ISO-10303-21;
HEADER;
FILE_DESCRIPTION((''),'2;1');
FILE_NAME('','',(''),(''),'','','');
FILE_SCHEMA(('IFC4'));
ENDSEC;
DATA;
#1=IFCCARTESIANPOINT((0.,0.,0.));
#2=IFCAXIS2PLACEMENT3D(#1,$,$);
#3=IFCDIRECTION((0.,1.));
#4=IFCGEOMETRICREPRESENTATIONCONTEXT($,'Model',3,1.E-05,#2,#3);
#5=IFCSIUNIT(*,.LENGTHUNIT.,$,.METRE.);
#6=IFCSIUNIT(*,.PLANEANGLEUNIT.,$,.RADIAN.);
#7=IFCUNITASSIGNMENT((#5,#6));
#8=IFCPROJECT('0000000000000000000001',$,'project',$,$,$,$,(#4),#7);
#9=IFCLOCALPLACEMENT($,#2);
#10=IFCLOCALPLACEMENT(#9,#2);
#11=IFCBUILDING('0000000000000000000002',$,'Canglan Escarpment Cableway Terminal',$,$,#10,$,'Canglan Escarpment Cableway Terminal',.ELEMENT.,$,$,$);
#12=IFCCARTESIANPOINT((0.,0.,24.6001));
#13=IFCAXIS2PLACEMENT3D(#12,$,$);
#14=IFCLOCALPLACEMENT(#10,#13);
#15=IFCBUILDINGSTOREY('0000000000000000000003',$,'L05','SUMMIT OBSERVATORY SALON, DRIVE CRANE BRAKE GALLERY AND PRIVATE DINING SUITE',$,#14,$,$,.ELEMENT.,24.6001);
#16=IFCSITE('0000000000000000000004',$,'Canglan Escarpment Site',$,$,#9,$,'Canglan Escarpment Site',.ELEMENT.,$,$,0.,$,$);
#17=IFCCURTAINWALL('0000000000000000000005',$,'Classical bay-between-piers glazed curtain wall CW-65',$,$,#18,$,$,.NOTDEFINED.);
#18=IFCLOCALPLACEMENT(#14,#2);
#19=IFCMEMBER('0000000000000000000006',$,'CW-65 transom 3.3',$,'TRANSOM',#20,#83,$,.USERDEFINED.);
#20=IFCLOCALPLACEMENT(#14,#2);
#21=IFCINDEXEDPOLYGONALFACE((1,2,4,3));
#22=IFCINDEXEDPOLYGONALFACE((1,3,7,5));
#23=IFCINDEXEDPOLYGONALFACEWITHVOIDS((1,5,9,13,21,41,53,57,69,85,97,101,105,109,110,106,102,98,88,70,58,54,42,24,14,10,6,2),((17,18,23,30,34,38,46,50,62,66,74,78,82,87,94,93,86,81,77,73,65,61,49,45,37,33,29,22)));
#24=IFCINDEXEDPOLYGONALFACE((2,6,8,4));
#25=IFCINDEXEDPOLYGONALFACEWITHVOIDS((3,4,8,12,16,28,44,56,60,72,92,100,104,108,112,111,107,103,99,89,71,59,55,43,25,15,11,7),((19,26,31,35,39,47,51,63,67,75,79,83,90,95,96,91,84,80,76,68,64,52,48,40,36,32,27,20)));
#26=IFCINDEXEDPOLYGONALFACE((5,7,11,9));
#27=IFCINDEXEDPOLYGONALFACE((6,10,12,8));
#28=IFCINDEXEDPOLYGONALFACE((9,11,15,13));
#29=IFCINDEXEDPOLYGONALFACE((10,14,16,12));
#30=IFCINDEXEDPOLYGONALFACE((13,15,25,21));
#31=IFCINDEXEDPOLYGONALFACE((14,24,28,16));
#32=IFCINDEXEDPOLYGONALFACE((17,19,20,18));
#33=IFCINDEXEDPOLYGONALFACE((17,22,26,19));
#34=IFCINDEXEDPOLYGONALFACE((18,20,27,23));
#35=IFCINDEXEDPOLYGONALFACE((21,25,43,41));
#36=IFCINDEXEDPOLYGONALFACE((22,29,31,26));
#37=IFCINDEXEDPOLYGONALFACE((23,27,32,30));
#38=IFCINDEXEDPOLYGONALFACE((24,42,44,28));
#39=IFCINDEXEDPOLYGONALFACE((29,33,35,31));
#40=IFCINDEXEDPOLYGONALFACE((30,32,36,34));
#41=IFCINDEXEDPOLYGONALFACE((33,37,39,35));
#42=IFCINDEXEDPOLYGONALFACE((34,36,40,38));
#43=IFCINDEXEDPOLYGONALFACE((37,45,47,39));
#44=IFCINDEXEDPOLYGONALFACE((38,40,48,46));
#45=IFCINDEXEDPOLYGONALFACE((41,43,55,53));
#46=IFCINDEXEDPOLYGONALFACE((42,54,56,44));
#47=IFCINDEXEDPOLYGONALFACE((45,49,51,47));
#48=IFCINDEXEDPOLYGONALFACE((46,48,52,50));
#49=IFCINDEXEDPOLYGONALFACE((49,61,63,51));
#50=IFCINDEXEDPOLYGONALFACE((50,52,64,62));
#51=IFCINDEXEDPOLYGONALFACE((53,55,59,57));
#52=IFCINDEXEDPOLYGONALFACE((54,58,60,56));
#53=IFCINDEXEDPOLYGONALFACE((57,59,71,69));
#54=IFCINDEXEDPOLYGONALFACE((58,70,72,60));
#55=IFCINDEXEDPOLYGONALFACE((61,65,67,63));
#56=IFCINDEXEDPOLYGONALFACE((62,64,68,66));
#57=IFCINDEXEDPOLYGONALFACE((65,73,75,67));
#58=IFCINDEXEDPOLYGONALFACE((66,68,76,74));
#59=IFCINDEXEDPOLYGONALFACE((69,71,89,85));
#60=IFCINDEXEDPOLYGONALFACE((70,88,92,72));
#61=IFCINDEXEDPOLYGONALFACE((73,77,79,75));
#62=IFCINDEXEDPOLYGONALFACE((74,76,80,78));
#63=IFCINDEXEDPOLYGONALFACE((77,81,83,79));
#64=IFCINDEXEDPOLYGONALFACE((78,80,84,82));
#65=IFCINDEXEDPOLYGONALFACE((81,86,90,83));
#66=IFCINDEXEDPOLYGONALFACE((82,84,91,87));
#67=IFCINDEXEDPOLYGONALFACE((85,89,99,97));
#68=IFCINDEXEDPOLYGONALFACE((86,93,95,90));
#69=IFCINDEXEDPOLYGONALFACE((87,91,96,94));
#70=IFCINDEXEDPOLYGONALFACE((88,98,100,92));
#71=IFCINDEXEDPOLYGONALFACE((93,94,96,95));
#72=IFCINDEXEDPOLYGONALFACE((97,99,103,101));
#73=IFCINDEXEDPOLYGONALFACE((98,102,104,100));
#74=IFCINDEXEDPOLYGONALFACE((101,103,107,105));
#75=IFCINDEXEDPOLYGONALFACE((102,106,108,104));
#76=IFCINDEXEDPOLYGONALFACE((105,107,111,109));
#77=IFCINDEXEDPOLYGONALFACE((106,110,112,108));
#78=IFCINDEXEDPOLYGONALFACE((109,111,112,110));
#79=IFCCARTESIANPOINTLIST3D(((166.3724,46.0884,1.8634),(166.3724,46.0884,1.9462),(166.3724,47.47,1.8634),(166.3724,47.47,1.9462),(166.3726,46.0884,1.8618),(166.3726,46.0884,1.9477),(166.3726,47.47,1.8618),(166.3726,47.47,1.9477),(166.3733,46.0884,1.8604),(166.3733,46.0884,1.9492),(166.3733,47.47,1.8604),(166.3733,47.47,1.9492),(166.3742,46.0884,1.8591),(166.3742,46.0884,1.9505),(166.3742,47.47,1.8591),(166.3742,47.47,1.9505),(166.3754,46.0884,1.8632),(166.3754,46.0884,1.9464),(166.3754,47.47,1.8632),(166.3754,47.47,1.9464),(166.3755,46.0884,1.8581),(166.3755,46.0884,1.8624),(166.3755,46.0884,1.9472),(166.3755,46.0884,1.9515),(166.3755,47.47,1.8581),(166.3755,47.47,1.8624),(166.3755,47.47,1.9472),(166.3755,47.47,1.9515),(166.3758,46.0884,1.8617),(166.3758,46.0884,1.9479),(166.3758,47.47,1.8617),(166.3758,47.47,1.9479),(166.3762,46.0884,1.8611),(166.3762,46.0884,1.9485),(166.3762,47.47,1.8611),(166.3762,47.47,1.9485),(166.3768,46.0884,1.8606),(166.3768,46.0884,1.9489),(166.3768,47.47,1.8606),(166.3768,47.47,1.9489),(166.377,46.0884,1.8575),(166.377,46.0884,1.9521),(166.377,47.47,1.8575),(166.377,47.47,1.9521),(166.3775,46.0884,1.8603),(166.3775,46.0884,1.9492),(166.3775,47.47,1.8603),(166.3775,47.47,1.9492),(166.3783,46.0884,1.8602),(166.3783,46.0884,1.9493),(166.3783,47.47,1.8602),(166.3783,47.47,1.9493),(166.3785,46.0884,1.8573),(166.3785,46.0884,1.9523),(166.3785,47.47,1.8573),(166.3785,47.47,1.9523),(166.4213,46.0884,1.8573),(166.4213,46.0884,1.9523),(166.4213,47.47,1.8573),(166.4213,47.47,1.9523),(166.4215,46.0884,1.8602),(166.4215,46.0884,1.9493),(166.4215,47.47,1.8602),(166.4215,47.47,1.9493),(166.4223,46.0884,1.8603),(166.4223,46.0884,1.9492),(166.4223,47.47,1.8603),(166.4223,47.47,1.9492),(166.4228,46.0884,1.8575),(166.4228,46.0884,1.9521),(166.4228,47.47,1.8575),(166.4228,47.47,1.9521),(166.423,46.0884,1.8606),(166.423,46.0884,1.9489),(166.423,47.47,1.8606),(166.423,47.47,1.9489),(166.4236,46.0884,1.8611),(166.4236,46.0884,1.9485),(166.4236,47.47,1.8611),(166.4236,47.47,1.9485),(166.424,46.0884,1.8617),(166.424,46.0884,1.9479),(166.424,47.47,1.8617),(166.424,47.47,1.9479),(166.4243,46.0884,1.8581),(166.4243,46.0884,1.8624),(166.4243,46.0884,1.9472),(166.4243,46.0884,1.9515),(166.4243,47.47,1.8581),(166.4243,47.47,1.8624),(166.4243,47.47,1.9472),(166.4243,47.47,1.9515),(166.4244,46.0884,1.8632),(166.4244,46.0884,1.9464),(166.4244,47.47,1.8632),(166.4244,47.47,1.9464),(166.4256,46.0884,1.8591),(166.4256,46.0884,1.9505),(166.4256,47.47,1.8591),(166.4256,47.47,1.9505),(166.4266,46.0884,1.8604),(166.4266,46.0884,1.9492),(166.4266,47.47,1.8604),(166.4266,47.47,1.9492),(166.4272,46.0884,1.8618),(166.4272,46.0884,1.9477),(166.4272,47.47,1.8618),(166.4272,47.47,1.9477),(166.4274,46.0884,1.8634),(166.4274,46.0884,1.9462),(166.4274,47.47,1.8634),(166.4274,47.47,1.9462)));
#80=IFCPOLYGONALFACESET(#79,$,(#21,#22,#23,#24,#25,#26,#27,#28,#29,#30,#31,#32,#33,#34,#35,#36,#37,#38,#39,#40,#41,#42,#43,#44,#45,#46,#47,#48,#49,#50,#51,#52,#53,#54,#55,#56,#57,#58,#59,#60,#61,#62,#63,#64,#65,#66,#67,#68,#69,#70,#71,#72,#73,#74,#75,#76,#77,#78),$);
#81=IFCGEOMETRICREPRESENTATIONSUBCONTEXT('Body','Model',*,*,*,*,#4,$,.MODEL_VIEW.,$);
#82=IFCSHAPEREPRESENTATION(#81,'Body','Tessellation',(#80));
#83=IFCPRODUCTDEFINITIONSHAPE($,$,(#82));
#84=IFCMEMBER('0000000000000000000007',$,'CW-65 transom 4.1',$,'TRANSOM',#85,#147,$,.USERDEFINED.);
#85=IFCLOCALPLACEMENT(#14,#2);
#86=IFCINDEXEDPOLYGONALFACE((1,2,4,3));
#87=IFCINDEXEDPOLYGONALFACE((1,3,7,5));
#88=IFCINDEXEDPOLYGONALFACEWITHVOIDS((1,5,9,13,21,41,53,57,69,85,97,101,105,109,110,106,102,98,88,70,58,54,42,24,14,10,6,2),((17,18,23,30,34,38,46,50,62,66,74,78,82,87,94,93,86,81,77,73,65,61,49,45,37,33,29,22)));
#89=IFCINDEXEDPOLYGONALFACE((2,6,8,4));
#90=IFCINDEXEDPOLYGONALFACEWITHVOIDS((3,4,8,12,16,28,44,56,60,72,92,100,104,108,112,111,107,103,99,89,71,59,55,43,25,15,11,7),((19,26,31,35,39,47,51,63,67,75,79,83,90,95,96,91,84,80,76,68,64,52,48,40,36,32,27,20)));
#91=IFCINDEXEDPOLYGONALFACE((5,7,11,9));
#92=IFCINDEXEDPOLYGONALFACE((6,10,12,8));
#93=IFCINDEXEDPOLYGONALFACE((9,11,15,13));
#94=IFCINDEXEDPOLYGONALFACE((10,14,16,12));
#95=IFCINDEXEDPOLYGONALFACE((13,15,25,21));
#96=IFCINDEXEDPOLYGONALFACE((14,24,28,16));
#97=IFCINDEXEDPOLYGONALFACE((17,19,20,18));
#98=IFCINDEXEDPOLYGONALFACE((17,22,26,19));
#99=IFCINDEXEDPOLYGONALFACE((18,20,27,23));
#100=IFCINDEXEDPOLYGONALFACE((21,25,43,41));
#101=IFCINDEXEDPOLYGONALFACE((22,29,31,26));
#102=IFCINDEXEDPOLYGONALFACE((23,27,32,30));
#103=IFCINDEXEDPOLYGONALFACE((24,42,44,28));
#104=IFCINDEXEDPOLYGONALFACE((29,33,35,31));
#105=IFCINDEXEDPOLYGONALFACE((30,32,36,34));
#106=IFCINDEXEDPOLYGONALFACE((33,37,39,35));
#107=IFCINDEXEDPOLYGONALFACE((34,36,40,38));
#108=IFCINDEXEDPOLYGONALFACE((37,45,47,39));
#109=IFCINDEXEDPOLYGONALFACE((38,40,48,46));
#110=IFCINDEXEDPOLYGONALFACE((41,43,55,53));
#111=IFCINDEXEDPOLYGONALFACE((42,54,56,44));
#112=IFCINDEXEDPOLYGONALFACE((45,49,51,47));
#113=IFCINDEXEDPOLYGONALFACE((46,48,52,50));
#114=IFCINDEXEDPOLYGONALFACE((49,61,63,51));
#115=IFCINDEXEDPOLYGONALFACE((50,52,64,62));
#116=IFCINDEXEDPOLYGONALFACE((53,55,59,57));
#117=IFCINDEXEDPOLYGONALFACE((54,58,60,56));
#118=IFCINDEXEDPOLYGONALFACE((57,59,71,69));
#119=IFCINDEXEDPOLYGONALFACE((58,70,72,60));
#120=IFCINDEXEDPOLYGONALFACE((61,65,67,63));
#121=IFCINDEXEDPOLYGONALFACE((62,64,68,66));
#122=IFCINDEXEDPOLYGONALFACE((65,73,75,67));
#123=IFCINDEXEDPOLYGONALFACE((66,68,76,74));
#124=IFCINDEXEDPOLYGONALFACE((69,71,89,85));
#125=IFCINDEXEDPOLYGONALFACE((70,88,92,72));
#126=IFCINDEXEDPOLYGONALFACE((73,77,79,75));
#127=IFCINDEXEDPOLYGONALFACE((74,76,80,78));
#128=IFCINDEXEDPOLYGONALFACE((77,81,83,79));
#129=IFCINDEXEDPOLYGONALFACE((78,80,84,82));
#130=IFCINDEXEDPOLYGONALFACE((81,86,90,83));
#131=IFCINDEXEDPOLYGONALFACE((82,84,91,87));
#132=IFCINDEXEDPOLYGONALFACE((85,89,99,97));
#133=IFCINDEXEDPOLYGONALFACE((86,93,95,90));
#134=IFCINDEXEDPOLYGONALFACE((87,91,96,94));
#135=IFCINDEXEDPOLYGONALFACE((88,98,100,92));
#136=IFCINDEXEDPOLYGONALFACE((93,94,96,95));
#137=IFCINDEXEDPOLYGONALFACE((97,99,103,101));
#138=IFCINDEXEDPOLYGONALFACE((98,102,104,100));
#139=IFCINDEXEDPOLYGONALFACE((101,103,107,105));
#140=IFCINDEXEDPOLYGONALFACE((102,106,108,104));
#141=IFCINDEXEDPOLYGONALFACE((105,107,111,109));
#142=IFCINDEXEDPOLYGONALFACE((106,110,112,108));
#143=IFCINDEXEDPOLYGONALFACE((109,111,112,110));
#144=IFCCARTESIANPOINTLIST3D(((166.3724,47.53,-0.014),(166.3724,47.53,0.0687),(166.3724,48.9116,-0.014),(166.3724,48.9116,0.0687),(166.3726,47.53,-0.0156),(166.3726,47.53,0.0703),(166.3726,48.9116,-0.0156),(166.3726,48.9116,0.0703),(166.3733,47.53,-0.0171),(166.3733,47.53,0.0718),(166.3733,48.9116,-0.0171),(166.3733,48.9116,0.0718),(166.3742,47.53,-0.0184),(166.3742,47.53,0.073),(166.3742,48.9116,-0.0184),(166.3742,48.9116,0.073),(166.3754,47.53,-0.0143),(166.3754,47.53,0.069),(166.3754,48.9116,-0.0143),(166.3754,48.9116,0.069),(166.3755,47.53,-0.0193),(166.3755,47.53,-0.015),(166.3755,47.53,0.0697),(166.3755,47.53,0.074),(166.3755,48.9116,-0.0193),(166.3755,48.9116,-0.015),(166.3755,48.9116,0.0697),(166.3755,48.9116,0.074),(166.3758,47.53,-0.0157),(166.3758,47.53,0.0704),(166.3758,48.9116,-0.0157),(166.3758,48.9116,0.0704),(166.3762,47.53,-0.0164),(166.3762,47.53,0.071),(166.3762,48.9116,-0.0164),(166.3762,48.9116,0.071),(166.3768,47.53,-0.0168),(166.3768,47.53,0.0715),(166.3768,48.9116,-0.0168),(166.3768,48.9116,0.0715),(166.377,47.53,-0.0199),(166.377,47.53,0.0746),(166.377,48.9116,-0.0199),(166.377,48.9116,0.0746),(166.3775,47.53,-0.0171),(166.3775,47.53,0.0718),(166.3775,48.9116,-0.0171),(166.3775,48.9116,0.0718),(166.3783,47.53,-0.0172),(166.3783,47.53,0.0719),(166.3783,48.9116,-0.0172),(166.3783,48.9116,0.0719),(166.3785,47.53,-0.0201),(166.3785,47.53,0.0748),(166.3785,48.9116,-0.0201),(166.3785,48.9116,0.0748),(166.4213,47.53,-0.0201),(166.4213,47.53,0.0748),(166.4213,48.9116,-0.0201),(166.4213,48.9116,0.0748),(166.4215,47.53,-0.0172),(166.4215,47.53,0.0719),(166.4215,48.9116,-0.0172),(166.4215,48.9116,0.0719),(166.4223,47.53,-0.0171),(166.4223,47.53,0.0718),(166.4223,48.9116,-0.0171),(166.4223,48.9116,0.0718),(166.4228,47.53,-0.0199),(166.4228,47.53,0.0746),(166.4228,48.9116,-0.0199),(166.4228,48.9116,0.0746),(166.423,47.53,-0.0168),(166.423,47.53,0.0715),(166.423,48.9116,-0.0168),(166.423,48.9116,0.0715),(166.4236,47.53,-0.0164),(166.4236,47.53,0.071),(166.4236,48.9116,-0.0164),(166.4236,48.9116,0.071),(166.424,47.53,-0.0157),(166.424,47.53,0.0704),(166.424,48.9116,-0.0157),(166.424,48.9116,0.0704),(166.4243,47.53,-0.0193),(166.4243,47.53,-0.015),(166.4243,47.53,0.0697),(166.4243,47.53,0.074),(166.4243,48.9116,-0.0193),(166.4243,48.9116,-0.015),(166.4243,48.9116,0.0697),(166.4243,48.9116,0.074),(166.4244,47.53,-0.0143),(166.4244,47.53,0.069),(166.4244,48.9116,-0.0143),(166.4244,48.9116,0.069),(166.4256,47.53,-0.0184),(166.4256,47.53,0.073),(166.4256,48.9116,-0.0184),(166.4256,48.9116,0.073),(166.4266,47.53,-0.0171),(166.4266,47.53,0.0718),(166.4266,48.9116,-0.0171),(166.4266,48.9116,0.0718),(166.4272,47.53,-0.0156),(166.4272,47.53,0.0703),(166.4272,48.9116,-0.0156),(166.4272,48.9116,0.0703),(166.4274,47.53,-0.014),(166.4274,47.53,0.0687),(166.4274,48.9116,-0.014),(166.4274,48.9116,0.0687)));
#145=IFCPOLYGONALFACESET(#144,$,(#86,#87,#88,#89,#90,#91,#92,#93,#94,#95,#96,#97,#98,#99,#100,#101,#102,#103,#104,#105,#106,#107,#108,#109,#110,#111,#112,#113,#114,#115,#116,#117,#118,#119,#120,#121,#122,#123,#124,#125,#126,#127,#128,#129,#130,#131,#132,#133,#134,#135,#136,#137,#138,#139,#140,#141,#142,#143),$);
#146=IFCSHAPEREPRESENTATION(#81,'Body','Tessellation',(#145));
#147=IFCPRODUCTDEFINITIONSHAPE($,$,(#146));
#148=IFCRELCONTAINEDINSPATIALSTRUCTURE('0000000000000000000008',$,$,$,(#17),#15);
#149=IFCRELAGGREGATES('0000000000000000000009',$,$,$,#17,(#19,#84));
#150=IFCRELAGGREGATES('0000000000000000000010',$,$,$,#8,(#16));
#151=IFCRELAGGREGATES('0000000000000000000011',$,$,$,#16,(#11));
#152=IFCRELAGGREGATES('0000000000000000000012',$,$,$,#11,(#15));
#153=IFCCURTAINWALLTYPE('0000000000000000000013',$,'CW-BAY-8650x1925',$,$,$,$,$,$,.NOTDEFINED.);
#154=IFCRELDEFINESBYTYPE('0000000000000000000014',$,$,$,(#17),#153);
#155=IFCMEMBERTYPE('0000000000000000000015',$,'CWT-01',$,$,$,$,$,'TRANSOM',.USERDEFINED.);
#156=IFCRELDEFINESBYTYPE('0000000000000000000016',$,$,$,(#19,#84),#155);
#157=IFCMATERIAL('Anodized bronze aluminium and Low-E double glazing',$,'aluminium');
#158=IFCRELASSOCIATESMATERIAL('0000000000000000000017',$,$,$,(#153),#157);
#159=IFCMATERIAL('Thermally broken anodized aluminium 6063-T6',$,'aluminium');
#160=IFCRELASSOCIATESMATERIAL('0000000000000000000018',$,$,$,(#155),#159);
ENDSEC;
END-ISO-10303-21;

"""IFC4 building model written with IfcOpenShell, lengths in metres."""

from ifc_helpers import new_model, si_unit, direction, frame, origin, origin_2d, place, context, subcontext, project, spatial, hollow_rectangle, extrude, material, material_profile, profile_set, type_object, element, aggregate, save


model = new_model("IFC4")

# Units and contexts
model_context = context("Model", 3, precision=1e-05, world=origin(), true_north=direction((0.0, 1.0)))
body_context = subcontext(model_context, "Body", "Model", "MODEL_VIEW")
ifc_project = project(units=[si_unit("LENGTHUNIT", "METRE"), si_unit("PLANEANGLEUNIT", "RADIAN")], contexts=[model_context])

# Site, building, storey
site_placement = place(None, origin())
site = spatial("IfcSite", under=ifc_project, at=site_placement, Name="Canglan Escarpment Site", LongName="Canglan Escarpment Site", CompositionType="ELEMENT", RefElevation=0.0)
building_placement = place(site_placement, origin())
building = spatial("IfcBuilding", under=site, at=building_placement, Name="Canglan Escarpment Cableway Terminal", LongName="Canglan Escarpment Cableway Terminal", CompositionType="ELEMENT")
storey_placement = place(building_placement, frame((0.0, 0.0, 24.6001)))
storey = spatial("IfcBuildingStorey", under=building, at=storey_placement, Name="L05", Description="SUMMIT OBSERVATORY SALON, DRIVE CRANE BRAKE GALLERY AND PRIVATE DINING SUITE", CompositionType="ELEMENT", Elevation=24.6001)

# Curtain wall, members
ifc_material_1 = material(Name="Anodized bronze aluminium and Low-E double glazing", Category="aluminium")
curtain_wall_type = type_object("IfcCurtainWallType", Name="CW-BAY-8650x1925", PredefinedType="NOTDEFINED", material=ifc_material_1)
curtain_wall_placement = place(storey_placement, origin())
curtain_wall = element("IfcCurtainWall", 1, at=curtain_wall_placement, inside=storey, type_object=curtain_wall_type, Name="Classical bay-between-piers glazed curtain wall CW-65", PredefinedType="NOTDEFINED")
ifc_material_2 = material(Name="Thermally broken anodized aluminium 6063-T6", Category="aluminium")
ifc_material_profile_1 = material_profile(ifc_material_2, hollow_rectangle(XDim=0.0549, YDim=0.095, WallThickness=0.0029, InnerFilletRadius=0.0029, OuterFilletRadius=0.0061, at=origin_2d()), Name="ALU-TRAN 55x95x3")
ifc_profile_set_1 = profile_set([ifc_material_profile_1], Name="Thermally broken anodized aluminium 6063-T6")
member_type_1 = type_object("IfcMemberType", Name="CWT-01", ElementType="TRANSOM", PredefinedType="USERDEFINED", material=ifc_profile_set_1)
member_1_placement = place(storey_placement, frame((166.3999, 46.0884, 1.9048), z_axis=(0.0, 1.0, 0.0), x_axis=(-1.0, 0.0, 0.0)))
member_1 = element("IfcMember", 2, at=member_1_placement, type_object=member_type_1, Name="CW-65 transom 3.3", ObjectType="TRANSOM", PredefinedType="USERDEFINED", context=body_context, shape_type="SweptSolid", body=[
    extrude(hollow_rectangle(XDim=0.0549, YDim=0.095, WallThickness=0.0029, InnerFilletRadius=0.0029, OuterFilletRadius=0.0061, at=origin_2d()), origin(), (0.0, 0.0, 1.0), 1.3816),
])
member_2_placement = place(storey_placement, frame((166.3999, 47.53, 0.0273), z_axis=(0.0, 1.0, 0.0), x_axis=(-1.0, 0.0, 0.0)))
member_2 = element("IfcMember", 3, at=member_2_placement, type_object=member_type_1, Name="CW-65 transom 4.1", ObjectType="TRANSOM", PredefinedType="USERDEFINED", context=body_context, shape_type="SweptSolid", body=[
    extrude(hollow_rectangle(XDim=0.0549, YDim=0.095, WallThickness=0.0029, InnerFilletRadius=0.0029, OuterFilletRadius=0.0061, at=origin_2d()), origin(), (0.0, 0.0, 1.0), 1.3816),
])

aggregate(curtain_wall, [member_1, member_2])

save(model, "model.ifc")
